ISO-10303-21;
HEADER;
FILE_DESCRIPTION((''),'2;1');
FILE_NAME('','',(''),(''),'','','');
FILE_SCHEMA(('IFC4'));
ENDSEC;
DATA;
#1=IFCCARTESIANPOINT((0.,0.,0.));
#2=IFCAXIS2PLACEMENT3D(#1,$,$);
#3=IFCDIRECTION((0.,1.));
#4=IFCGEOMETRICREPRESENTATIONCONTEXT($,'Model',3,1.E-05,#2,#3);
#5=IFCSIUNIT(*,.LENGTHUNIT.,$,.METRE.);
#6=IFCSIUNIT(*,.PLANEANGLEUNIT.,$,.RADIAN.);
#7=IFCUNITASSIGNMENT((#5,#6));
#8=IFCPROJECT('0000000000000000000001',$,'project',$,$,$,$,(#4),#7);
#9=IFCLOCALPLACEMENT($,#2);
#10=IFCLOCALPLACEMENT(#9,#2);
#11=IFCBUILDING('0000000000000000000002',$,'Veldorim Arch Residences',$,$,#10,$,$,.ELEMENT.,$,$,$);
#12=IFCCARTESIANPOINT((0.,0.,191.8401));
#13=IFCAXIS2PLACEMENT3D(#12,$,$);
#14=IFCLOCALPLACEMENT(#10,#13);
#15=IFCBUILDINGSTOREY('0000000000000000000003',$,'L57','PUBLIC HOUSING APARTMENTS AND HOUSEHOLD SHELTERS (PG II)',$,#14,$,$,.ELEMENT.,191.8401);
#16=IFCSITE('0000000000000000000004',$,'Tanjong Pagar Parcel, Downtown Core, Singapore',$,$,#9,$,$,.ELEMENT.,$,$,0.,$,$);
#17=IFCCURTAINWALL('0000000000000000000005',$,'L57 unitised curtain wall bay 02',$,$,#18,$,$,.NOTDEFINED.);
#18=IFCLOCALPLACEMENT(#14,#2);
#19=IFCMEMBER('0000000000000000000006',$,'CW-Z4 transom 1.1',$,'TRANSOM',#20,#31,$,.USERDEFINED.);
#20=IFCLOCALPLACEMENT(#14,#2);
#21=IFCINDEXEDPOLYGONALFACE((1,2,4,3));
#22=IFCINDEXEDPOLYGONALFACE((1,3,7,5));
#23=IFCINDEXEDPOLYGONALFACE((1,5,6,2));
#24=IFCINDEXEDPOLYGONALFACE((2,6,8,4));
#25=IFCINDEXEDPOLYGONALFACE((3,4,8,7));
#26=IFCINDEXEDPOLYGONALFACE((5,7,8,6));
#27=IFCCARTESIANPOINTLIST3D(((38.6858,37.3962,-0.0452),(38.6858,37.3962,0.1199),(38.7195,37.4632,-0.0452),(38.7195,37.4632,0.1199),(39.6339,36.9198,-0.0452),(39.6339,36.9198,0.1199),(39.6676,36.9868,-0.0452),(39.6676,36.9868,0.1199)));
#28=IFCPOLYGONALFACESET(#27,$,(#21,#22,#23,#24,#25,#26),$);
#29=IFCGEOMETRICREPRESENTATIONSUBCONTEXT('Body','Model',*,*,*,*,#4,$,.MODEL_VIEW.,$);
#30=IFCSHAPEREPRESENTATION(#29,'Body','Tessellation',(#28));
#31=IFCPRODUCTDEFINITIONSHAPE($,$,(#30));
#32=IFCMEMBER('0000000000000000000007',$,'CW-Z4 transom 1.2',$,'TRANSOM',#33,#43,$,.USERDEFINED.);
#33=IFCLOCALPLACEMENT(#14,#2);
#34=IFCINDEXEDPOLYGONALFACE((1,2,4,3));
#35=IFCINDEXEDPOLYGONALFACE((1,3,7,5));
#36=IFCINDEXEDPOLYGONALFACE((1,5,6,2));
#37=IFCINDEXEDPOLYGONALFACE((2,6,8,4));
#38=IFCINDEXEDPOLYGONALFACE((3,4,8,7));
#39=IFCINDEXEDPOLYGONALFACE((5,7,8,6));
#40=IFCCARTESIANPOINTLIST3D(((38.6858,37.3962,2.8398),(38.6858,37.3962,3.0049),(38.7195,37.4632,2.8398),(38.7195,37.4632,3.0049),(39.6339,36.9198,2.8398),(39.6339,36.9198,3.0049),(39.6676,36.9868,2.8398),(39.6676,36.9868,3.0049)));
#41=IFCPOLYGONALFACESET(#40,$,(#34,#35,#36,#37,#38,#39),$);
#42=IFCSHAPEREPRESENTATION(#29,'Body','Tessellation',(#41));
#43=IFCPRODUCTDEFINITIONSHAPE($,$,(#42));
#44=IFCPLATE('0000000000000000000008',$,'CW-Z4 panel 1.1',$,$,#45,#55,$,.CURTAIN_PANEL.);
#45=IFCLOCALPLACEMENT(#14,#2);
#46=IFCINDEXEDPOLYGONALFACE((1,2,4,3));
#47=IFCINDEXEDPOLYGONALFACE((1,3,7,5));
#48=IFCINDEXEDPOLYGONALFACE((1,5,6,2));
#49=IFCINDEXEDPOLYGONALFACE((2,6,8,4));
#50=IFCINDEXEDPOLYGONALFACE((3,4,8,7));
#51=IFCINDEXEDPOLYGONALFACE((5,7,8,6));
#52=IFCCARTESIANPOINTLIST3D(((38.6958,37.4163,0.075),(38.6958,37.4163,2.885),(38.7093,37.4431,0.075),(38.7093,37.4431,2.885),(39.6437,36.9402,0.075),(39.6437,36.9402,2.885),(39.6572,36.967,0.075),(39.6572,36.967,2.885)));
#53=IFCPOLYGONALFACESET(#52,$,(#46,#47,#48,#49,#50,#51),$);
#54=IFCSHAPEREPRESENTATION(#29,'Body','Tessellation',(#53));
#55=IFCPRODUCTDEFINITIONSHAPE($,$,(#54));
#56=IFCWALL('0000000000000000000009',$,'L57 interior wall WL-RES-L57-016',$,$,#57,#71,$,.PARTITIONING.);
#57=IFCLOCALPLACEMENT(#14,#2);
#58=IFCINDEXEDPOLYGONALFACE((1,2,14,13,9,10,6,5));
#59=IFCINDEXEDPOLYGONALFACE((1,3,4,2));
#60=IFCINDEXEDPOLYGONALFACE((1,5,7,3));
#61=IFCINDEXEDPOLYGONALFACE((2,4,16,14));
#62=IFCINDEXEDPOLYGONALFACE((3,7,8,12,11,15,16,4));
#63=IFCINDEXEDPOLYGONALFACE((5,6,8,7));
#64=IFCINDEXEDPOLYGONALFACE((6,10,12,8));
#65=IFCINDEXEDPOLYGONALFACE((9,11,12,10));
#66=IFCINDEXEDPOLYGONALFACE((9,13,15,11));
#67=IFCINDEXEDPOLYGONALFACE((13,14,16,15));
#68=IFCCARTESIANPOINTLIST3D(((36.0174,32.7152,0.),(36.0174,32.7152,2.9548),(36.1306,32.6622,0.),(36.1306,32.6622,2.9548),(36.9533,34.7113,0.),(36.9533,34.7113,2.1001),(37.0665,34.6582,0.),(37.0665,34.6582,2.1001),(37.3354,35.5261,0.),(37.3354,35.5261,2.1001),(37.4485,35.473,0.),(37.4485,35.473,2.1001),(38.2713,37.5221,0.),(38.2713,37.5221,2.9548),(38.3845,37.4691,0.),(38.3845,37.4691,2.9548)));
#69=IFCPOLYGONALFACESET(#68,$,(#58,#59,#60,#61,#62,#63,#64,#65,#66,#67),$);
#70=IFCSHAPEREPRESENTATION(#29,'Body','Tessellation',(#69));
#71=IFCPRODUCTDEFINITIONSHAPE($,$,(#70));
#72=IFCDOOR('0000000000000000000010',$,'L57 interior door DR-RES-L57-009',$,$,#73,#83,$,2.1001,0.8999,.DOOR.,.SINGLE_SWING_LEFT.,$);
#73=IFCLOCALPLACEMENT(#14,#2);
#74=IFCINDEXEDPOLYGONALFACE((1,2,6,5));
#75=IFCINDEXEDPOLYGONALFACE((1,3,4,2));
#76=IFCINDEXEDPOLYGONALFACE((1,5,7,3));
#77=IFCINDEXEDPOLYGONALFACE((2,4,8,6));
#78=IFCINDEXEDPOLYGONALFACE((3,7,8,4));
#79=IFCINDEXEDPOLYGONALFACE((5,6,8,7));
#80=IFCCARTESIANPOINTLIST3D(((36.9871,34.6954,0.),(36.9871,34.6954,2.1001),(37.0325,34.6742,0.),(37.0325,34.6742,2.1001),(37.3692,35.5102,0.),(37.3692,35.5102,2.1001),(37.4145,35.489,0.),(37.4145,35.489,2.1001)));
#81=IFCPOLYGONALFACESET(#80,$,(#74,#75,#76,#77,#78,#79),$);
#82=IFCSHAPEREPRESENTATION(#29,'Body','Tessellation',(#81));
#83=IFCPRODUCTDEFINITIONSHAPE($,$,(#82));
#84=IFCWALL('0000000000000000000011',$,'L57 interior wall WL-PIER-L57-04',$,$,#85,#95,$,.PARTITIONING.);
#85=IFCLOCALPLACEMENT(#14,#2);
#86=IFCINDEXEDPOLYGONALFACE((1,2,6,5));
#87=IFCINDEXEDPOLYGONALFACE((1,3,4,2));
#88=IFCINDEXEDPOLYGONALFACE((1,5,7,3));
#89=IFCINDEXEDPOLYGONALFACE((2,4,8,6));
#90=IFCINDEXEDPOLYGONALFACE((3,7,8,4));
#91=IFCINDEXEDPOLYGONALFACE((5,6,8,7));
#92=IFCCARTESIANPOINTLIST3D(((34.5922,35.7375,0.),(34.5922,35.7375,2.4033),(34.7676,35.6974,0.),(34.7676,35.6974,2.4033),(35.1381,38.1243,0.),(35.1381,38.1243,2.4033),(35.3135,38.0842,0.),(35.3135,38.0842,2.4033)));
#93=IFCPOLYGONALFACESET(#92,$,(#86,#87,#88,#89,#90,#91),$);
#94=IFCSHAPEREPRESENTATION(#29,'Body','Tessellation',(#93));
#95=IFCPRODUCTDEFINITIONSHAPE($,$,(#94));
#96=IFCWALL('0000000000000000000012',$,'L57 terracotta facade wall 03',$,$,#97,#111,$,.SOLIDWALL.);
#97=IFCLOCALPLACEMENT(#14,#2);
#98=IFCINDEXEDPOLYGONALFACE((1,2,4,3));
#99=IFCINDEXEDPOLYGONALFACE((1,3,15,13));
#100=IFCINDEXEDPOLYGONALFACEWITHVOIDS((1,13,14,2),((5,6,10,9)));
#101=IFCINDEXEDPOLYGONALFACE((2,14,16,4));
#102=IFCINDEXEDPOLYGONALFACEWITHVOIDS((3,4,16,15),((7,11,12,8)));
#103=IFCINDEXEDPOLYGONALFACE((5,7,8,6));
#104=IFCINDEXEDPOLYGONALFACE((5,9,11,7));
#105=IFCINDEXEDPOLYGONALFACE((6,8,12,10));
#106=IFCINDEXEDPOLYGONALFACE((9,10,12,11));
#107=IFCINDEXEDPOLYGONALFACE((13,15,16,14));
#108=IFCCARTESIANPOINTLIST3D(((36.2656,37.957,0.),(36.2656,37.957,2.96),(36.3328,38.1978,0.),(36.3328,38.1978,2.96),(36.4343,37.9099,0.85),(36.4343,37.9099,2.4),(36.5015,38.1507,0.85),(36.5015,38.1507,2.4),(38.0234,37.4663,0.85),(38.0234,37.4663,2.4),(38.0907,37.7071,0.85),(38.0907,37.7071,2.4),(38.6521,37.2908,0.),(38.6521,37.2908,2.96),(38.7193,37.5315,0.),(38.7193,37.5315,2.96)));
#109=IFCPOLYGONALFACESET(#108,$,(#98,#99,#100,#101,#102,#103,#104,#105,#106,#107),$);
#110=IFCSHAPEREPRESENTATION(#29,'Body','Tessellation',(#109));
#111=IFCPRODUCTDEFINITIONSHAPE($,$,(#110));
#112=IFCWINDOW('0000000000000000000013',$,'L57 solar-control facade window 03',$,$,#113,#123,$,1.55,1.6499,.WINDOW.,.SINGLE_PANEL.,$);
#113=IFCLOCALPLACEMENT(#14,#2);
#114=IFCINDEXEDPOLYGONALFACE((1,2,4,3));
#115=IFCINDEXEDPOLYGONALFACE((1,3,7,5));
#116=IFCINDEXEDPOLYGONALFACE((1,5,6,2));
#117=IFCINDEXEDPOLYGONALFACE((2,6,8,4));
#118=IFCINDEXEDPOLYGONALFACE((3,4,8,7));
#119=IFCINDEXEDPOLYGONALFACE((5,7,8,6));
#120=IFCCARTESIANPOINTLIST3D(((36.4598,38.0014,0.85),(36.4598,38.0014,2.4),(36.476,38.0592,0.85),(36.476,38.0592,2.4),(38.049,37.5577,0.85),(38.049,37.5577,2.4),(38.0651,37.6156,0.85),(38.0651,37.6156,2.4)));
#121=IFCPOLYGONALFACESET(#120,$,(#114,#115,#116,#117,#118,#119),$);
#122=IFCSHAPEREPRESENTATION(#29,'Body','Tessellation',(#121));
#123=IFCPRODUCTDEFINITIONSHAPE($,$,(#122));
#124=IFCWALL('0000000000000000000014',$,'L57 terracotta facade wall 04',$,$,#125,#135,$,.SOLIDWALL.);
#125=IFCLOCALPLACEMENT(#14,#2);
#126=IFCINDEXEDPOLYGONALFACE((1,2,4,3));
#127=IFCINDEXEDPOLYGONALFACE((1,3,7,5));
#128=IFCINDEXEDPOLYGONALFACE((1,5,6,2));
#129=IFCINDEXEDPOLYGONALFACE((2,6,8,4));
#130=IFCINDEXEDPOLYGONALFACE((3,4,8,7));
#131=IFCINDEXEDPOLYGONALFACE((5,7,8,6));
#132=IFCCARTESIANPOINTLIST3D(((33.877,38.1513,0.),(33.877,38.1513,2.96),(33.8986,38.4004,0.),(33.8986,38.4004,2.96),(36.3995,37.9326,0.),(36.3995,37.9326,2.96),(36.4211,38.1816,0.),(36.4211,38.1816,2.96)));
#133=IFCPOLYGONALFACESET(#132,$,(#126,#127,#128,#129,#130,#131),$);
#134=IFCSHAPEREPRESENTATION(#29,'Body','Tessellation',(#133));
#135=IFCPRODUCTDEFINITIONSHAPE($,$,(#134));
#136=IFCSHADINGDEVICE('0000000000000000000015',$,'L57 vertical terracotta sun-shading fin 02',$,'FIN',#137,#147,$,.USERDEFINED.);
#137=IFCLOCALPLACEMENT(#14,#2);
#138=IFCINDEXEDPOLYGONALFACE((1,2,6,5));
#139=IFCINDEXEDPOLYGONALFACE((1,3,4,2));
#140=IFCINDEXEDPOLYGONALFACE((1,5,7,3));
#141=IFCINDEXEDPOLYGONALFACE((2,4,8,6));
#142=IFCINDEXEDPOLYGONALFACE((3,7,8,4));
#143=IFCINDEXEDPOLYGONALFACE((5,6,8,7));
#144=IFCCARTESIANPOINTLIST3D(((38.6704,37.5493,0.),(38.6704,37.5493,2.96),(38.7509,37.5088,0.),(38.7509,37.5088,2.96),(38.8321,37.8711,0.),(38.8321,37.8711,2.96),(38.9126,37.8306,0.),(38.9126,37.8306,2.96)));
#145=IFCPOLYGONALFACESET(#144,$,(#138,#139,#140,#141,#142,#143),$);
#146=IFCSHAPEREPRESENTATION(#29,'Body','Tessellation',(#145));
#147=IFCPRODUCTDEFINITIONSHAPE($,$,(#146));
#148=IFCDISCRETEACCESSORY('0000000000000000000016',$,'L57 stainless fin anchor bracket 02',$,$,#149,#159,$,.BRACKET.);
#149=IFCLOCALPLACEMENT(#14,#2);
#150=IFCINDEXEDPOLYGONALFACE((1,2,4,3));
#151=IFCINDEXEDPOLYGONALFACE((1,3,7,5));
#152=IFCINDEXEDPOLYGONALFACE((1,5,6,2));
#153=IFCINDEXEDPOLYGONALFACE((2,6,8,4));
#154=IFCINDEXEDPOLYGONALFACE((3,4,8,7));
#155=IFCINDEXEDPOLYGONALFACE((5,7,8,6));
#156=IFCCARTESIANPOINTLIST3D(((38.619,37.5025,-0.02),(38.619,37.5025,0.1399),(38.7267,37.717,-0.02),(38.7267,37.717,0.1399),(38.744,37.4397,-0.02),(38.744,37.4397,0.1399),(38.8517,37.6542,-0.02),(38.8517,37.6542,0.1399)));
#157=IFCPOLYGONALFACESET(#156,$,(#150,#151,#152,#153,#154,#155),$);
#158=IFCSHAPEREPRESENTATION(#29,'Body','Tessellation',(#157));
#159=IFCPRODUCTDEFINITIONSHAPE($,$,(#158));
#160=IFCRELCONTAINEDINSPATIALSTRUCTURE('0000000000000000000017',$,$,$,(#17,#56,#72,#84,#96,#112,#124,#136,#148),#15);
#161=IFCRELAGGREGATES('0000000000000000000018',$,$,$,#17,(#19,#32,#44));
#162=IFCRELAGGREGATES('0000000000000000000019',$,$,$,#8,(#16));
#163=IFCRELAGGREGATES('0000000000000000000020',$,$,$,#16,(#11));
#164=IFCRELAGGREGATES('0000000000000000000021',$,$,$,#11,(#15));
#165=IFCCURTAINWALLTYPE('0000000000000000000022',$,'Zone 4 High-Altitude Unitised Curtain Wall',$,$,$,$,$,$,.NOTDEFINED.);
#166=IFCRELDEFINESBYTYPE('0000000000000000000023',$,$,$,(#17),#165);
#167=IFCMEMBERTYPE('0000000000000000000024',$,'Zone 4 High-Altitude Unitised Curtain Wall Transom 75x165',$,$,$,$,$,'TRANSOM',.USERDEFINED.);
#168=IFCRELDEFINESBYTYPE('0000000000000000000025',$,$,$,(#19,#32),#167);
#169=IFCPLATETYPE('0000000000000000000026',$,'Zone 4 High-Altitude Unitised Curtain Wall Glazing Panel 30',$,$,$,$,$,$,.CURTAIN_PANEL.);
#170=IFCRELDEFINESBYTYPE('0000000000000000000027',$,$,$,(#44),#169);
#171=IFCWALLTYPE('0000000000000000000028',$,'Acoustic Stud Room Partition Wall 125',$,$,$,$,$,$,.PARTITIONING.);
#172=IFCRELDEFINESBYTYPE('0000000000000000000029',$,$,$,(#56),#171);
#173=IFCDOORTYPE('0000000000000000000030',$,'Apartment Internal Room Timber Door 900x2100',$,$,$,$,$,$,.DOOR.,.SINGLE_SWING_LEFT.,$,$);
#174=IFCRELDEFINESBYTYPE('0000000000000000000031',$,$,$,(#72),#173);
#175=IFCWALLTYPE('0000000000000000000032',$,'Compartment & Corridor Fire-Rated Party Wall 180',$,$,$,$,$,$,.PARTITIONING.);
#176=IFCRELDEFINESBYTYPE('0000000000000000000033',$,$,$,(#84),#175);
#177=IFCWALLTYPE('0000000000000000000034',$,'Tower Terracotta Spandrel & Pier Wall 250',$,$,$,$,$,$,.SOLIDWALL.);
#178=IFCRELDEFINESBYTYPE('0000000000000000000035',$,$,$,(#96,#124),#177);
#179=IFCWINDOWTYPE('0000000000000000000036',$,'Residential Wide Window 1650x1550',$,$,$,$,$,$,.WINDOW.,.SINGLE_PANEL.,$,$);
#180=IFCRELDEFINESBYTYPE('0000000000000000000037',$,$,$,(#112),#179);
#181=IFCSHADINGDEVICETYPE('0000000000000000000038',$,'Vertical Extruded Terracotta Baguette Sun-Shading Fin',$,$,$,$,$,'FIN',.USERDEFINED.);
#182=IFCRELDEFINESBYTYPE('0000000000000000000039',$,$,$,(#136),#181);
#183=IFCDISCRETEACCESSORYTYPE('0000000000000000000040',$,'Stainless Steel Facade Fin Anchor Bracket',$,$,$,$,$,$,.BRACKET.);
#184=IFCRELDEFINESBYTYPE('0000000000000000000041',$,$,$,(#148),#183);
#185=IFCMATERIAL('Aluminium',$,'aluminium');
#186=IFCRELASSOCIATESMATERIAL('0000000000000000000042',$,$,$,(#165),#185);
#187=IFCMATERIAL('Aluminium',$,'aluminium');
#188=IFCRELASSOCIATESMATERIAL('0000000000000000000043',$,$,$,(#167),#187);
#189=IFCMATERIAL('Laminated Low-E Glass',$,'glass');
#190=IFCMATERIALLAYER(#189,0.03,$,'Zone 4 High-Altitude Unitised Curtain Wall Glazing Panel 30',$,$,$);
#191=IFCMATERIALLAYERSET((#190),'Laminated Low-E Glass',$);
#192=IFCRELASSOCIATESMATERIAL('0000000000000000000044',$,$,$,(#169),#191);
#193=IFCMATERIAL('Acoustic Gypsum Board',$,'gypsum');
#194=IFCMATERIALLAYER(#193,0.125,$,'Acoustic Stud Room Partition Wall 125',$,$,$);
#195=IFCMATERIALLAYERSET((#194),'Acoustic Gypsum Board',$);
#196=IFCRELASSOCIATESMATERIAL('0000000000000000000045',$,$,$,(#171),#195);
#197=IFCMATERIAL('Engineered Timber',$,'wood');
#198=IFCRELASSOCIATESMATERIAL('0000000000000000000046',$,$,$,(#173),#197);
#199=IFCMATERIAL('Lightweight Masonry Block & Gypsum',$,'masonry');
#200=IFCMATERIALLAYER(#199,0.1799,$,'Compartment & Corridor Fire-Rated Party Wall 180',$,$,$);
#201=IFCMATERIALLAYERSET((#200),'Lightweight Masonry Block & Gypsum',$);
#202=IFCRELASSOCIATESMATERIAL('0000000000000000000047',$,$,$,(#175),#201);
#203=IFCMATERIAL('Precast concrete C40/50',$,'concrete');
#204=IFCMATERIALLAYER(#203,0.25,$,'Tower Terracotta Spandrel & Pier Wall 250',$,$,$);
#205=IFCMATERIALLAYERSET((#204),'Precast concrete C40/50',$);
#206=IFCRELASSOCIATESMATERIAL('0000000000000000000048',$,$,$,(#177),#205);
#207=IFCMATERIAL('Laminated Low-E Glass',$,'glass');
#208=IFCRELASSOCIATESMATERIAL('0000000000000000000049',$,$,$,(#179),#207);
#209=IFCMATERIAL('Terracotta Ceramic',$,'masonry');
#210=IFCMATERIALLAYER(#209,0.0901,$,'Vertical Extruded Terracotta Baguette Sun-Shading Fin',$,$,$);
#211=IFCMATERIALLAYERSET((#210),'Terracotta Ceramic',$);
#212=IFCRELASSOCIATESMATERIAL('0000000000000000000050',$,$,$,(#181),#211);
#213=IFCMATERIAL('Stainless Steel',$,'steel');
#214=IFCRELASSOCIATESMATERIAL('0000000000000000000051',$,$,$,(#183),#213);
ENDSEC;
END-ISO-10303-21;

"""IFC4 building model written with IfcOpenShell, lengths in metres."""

from ifc_helpers import new_model, si_unit, direction, frame, frame_2d, origin, origin_2d, place, context, subcontext, project, spatial, rectangle, extrude, material, layer, layer_set, material_profile, profile_set, type_object, element, fill, aggregate, save


model = new_model("IFC4")

# Units and contexts
model_context = context("Model", 3, precision=1e-05, world=origin(), true_north=direction((0.0, 1.0)))
body_context = subcontext(model_context, "Body", "Model", "MODEL_VIEW")
ifc_project = project(units=[si_unit("LENGTHUNIT", "METRE"), si_unit("PLANEANGLEUNIT", "RADIAN")], contexts=[model_context])

# Site, building, storey
site_placement = place(None, origin())
site = spatial("IfcSite", under=ifc_project, at=site_placement, Name="Tanjong Pagar Parcel, Downtown Core, Singapore", CompositionType="ELEMENT", RefElevation=0.0)
building_placement = place(site_placement, origin())
building = spatial("IfcBuilding", under=site, at=building_placement, Name="Veldorim Arch Residences", CompositionType="ELEMENT")
storey_placement = place(building_placement, frame((0.0, 0.0, 191.8401)))
storey = spatial("IfcBuildingStorey", under=building, at=storey_placement, Name="L57", Description="PUBLIC HOUSING APARTMENTS AND HOUSEHOLD SHELTERS (PG II)", CompositionType="ELEMENT", Elevation=191.8401)

# Curtain wall, members, plate
ifc_material_1 = material(Name="Aluminium", Category="aluminium")
curtain_wall_type = type_object("IfcCurtainWallType", Name="Zone 4 High-Altitude Unitised Curtain Wall", PredefinedType="NOTDEFINED", material=ifc_material_1)
curtain_wall_placement = place(storey_placement, origin())
curtain_wall = element("IfcCurtainWall", 1, at=curtain_wall_placement, inside=storey, type_object=curtain_wall_type, Name="L57 unitised curtain wall bay 02", PredefinedType="NOTDEFINED")
ifc_material_2 = material(Name="Aluminium", Category="aluminium")
ifc_material_profile_1 = material_profile(ifc_material_2, rectangle(XDim=0.075, YDim=0.165, at=origin_2d()), Name="ALU_TRN_75x165")
ifc_profile_set_1 = profile_set([ifc_material_profile_1], Name="Aluminium")
member_type_1 = type_object("IfcMemberType", Name="Zone 4 High-Altitude Unitised Curtain Wall Transom 75x165", ElementType="TRANSOM", PredefinedType="USERDEFINED", material=ifc_profile_set_1)
member_1_placement = place(storey_placement, frame((38.7026, 37.4297, 0.0374), z_axis=(0.893551, -0.448962, 0.0), x_axis=(0.448962, 0.893551, 0.0)))
member_1 = element("IfcMember", 2, at=member_1_placement, type_object=member_type_1, Name="CW-Z4 transom 1.1", ObjectType="TRANSOM", PredefinedType="USERDEFINED", context=body_context, shape_type="SweptSolid", body=[
    extrude(rectangle(XDim=0.075, YDim=0.165, at=origin_2d()), origin(), (0.0, 0.0, 1.0), 1.061),
])
member_2_placement = place(storey_placement, frame((38.7026, 37.4297, 2.9224), z_axis=(0.893551, -0.448962, 0.0), x_axis=(0.448962, 0.893551, 0.0)))
member_2 = element("IfcMember", 3, at=member_2_placement, type_object=member_type_1, Name="CW-Z4 transom 1.2", ObjectType="TRANSOM", PredefinedType="USERDEFINED", context=body_context, shape_type="SweptSolid", body=[
    extrude(rectangle(XDim=0.075, YDim=0.165, at=origin_2d()), origin(), (0.0, 0.0, 1.0), 1.061),
])
ifc_material_3 = material(Name="Laminated Low-E Glass", Category="glass")
ifc_layer_1 = layer(ifc_material_3, 0.03, Name="Zone 4 High-Altitude Unitised Curtain Wall Glazing Panel 30")
ifc_layer_set_1 = layer_set([ifc_layer_1], Name="Laminated Low-E Glass")
plate_type = type_object("IfcPlateType", Name="Zone 4 High-Altitude Unitised Curtain Wall Glazing Panel 30", PredefinedType="CURTAIN_PANEL", material=ifc_layer_set_1)
plate_placement = place(storey_placement, frame((39.1765, 37.1917, 0.075), z_axis=(0.0, 0.0, 1.0), x_axis=(0.893599, -0.448866, 0.0)))
plate = element("IfcPlate", 4, at=plate_placement, type_object=plate_type, Name="CW-Z4 panel 1.1", PredefinedType="CURTAIN_PANEL", context=body_context, shape_type="SweptSolid", body=[
    extrude(rectangle(XDim=1.0608, YDim=0.03, at=origin_2d()), origin(), (0.0, 0.0, 1.0), 2.8101),
])
aggregate(curtain_wall, [member_1, member_2, plate])

# Wall, opening, door
ifc_material_4 = material(Name="Acoustic Gypsum Board", Category="gypsum")
ifc_layer_2 = layer(ifc_material_4, 0.125, Name="Acoustic Stud Room Partition Wall 125")
ifc_layer_set_2 = layer_set([ifc_layer_2], Name="Acoustic Gypsum Board")
wall_type_1 = type_object("IfcWallType", Name="Acoustic Stud Room Partition Wall 125", PredefinedType="PARTITIONING", material=ifc_layer_set_2)
wall_1_placement = place(storey_placement, frame((38.3279, 37.4956, 0.0), z_axis=(0.0, 0.0, 1.0), x_axis=(-0.424539, -0.90541, 0.0)))
wall_1 = element("IfcWall", 5, at=wall_1_placement, inside=storey, type_object=wall_type_1, Name="L57 interior wall WL-RES-L57-016", PredefinedType="PARTITIONING", context=body_context, shape_type="SweptSolid", body=[
    extrude(rectangle(XDim=5.3091, YDim=0.125, at=frame_2d((2.6545, 0.0))), origin(), (0.0, 0.0, 1.0), 2.9548),
])
opening_1_placement = place(wall_1_placement, frame((2.2046, 0.0, 0.0)))
opening_1 = element("IfcOpeningElement", 6, at=opening_1_placement, cuts=wall_1, PredefinedType="OPENING", context=body_context, shape_type="SweptSolid", body=[
    extrude(rectangle(XDim=0.8999, YDim=2.1001, at=frame_2d((0.45, 1.05))), frame((0.0, 0.0725, 0.0), z_axis=(0.0, -1.0, 0.0), x_axis=(1.0, 0.0, 0.0)), (0.0, 0.0, 1.0), 0.145),
])
ifc_material_5 = material(Name="Engineered Timber", Category="wood")
door_type = type_object("IfcDoorType", Name="Apartment Internal Room Timber Door 900x2100", OperationType="SINGLE_SWING_LEFT", PredefinedType="DOOR", material=ifc_material_5)
door_placement = place(opening_1_placement, origin())
door = element("IfcDoor", 7, at=door_placement, inside=storey, type_object=door_type, Name="L57 interior door DR-RES-L57-009", OperationType="SINGLE_SWING_LEFT", OverallHeight=2.1001, OverallWidth=0.8999, PredefinedType="DOOR", context=body_context, shape_type="SweptSolid", body=[
    extrude(rectangle(XDim=0.8999, YDim=2.1001, at=frame_2d((0.45, 1.05))), frame((0.0, 0.0249, 0.0), z_axis=(0.0, -1.0, 0.0), x_axis=(1.0, 0.0, 0.0)), (0.0, 0.0, 1.0), 0.05),
])
fill(opening_1, door)

# Wall
ifc_material_6 = material(Name="Lightweight Masonry Block & Gypsum", Category="masonry")
ifc_layer_3 = layer(ifc_material_6, 0.1799, Name="Compartment & Corridor Fire-Rated Party Wall 180")
ifc_layer_set_3 = layer_set([ifc_layer_3], Name="Lightweight Masonry Block & Gypsum")
wall_type_2 = type_object("IfcWallType", Name="Compartment & Corridor Fire-Rated Party Wall 180", PredefinedType="PARTITIONING", material=ifc_layer_set_3)
wall_2_placement = place(storey_placement, frame((34.6799, 35.7175, 0.0), z_axis=(0.0, 0.0, 1.0), x_axis=(0.222944, 0.974831, 0.0)))
element("IfcWall", 8, at=wall_2_placement, inside=storey, type_object=wall_type_2, Name="L57 interior wall WL-PIER-L57-04", PredefinedType="PARTITIONING", context=body_context, shape_type="SweptSolid", body=[
    extrude(rectangle(XDim=2.4485, YDim=0.1799, at=frame_2d((1.2241, 0.0))), origin(), (0.0, 0.0, 1.0), 2.4033),
])

# Wall, opening, window
ifc_material_7 = material(Name="Precast concrete C40/50", Category="concrete")
ifc_layer_4 = layer(ifc_material_7, 0.25, Name="Tower Terracotta Spandrel & Pier Wall 250")
ifc_layer_set_4 = layer_set([ifc_layer_4], Name="Precast concrete C40/50")
wall_type_3 = type_object("IfcWallType", Name="Tower Terracotta Spandrel & Pier Wall 250", PredefinedType="SOLIDWALL", material=ifc_layer_set_4)
wall_3_placement = place(storey_placement, frame((36.2993, 38.0774, 0.0), z_axis=(0.0, 0.0, 1.0), x_axis=(0.963168, -0.268899, 0.0)))
wall_3 = element("IfcWall", 9, at=wall_3_placement, inside=storey, type_object=wall_type_3, Name="L57 terracotta facade wall 03", PredefinedType="SOLIDWALL", context=body_context, shape_type="SweptSolid", body=[
    extrude(rectangle(XDim=2.4778, YDim=0.25, at=frame_2d((1.2388, 0.0))), origin(), (0.0, 0.0, 1.0), 2.96),
])
opening_2_placement = place(wall_3_placement, frame((0.175, 0.0, 0.8501)))
opening_2 = element("IfcOpeningElement", 10, at=opening_2_placement, cuts=wall_3, PredefinedType="OPENING", context=body_context, shape_type="SweptSolid", body=[
    extrude(rectangle(XDim=1.6499, YDim=1.55, at=frame_2d((0.825, 0.7749))), frame((0.0, 0.135, 0.0), z_axis=(0.0, -1.0, 0.0), x_axis=(1.0, 0.0, 0.0)), (0.0, 0.0, 1.0), 0.27),
])
ifc_material_8 = material(Name="Laminated Low-E Glass", Category="glass")
window_type = type_object("IfcWindowType", Name="Residential Wide Window 1650x1550", PartitioningType="SINGLE_PANEL", PredefinedType="WINDOW", material=ifc_material_8)
window_placement = place(opening_2_placement, origin())
window = element("IfcWindow", 11, at=window_placement, inside=storey, type_object=window_type, Name="L57 solar-control facade window 03", OverallHeight=1.55, OverallWidth=1.6499, PartitioningType="SINGLE_PANEL", PredefinedType="WINDOW", context=body_context, shape_type="SweptSolid", body=[
    extrude(rectangle(XDim=1.6499, YDim=1.55, at=frame_2d((0.825, 0.7749))), frame((0.0, 0.03, 0.0), z_axis=(0.0, -1.0, 0.0), x_axis=(1.0, 0.0, 0.0)), (0.0, 0.0, 1.0), 0.0601),
])
fill(opening_2, window)

# Wall
wall_4_placement = place(storey_placement, frame((33.8877, 38.2759, 0.0), z_axis=(0.0, 0.0, 1.0), x_axis=(0.996261, -0.086397, 0.0)))
element("IfcWall", 12, at=wall_4_placement, inside=storey, type_object=wall_type_3, Name="L57 terracotta facade wall 04", PredefinedType="SOLIDWALL", context=body_context, shape_type="SweptSolid", body=[
    extrude(rectangle(XDim=2.532, YDim=0.25, at=frame_2d((1.2661, 0.0))), origin(), (0.0, 0.0, 1.0), 2.96),
])

# Shading device
ifc_material_9 = material(Name="Terracotta Ceramic", Category="masonry")
ifc_layer_5 = layer(ifc_material_9, 0.0901, Name="Vertical Extruded Terracotta Baguette Sun-Shading Fin")
ifc_layer_set_5 = layer_set([ifc_layer_5], Name="Terracotta Ceramic")
shading_device_type = type_object("IfcShadingDeviceType", Name="Vertical Extruded Terracotta Baguette Sun-Shading Fin", ElementType="FIN", PredefinedType="USERDEFINED", material=ifc_layer_set_5)
shading_device_placement = place(storey_placement, frame((38.7915, 37.6899, 0.0), z_axis=(0.0, 0.0, 1.0), x_axis=(0.893607, -0.448851, 0.0)))
element("IfcShadingDevice", 13, at=shading_device_placement, inside=storey, type_object=shading_device_type, Name="L57 vertical terracotta sun-shading fin 02", ObjectType="FIN", PredefinedType="USERDEFINED", context=body_context, shape_type="SweptSolid", body=[
    extrude(rectangle(XDim=0.0901, YDim=0.3601, at=origin_2d()), origin(), (0.0, 0.0, 1.0), 2.96),
])

# Discrete accessory
ifc_material_10 = material(Name="Stainless Steel", Category="steel")
discrete_accessory_type = type_object("IfcDiscreteAccessoryType", Name="Stainless Steel Facade Fin Anchor Bracket", PredefinedType="BRACKET", material=ifc_material_10)
discrete_accessory_placement = place(storey_placement, frame((38.7354, 37.5784, -0.02), z_axis=(0.0, 0.0, 1.0), x_axis=(0.893607, -0.448851, 0.0)))
element("IfcDiscreteAccessory", 14, at=discrete_accessory_placement, inside=storey, type_object=discrete_accessory_type, Name="L57 stainless fin anchor bracket 02", PredefinedType="BRACKET", context=body_context, shape_type="SweptSolid", body=[
    extrude(rectangle(XDim=0.1399, YDim=0.24, at=origin_2d()), origin(), (0.0, 0.0, 1.0), 0.1599),
])

save(model, "model.ifc")
